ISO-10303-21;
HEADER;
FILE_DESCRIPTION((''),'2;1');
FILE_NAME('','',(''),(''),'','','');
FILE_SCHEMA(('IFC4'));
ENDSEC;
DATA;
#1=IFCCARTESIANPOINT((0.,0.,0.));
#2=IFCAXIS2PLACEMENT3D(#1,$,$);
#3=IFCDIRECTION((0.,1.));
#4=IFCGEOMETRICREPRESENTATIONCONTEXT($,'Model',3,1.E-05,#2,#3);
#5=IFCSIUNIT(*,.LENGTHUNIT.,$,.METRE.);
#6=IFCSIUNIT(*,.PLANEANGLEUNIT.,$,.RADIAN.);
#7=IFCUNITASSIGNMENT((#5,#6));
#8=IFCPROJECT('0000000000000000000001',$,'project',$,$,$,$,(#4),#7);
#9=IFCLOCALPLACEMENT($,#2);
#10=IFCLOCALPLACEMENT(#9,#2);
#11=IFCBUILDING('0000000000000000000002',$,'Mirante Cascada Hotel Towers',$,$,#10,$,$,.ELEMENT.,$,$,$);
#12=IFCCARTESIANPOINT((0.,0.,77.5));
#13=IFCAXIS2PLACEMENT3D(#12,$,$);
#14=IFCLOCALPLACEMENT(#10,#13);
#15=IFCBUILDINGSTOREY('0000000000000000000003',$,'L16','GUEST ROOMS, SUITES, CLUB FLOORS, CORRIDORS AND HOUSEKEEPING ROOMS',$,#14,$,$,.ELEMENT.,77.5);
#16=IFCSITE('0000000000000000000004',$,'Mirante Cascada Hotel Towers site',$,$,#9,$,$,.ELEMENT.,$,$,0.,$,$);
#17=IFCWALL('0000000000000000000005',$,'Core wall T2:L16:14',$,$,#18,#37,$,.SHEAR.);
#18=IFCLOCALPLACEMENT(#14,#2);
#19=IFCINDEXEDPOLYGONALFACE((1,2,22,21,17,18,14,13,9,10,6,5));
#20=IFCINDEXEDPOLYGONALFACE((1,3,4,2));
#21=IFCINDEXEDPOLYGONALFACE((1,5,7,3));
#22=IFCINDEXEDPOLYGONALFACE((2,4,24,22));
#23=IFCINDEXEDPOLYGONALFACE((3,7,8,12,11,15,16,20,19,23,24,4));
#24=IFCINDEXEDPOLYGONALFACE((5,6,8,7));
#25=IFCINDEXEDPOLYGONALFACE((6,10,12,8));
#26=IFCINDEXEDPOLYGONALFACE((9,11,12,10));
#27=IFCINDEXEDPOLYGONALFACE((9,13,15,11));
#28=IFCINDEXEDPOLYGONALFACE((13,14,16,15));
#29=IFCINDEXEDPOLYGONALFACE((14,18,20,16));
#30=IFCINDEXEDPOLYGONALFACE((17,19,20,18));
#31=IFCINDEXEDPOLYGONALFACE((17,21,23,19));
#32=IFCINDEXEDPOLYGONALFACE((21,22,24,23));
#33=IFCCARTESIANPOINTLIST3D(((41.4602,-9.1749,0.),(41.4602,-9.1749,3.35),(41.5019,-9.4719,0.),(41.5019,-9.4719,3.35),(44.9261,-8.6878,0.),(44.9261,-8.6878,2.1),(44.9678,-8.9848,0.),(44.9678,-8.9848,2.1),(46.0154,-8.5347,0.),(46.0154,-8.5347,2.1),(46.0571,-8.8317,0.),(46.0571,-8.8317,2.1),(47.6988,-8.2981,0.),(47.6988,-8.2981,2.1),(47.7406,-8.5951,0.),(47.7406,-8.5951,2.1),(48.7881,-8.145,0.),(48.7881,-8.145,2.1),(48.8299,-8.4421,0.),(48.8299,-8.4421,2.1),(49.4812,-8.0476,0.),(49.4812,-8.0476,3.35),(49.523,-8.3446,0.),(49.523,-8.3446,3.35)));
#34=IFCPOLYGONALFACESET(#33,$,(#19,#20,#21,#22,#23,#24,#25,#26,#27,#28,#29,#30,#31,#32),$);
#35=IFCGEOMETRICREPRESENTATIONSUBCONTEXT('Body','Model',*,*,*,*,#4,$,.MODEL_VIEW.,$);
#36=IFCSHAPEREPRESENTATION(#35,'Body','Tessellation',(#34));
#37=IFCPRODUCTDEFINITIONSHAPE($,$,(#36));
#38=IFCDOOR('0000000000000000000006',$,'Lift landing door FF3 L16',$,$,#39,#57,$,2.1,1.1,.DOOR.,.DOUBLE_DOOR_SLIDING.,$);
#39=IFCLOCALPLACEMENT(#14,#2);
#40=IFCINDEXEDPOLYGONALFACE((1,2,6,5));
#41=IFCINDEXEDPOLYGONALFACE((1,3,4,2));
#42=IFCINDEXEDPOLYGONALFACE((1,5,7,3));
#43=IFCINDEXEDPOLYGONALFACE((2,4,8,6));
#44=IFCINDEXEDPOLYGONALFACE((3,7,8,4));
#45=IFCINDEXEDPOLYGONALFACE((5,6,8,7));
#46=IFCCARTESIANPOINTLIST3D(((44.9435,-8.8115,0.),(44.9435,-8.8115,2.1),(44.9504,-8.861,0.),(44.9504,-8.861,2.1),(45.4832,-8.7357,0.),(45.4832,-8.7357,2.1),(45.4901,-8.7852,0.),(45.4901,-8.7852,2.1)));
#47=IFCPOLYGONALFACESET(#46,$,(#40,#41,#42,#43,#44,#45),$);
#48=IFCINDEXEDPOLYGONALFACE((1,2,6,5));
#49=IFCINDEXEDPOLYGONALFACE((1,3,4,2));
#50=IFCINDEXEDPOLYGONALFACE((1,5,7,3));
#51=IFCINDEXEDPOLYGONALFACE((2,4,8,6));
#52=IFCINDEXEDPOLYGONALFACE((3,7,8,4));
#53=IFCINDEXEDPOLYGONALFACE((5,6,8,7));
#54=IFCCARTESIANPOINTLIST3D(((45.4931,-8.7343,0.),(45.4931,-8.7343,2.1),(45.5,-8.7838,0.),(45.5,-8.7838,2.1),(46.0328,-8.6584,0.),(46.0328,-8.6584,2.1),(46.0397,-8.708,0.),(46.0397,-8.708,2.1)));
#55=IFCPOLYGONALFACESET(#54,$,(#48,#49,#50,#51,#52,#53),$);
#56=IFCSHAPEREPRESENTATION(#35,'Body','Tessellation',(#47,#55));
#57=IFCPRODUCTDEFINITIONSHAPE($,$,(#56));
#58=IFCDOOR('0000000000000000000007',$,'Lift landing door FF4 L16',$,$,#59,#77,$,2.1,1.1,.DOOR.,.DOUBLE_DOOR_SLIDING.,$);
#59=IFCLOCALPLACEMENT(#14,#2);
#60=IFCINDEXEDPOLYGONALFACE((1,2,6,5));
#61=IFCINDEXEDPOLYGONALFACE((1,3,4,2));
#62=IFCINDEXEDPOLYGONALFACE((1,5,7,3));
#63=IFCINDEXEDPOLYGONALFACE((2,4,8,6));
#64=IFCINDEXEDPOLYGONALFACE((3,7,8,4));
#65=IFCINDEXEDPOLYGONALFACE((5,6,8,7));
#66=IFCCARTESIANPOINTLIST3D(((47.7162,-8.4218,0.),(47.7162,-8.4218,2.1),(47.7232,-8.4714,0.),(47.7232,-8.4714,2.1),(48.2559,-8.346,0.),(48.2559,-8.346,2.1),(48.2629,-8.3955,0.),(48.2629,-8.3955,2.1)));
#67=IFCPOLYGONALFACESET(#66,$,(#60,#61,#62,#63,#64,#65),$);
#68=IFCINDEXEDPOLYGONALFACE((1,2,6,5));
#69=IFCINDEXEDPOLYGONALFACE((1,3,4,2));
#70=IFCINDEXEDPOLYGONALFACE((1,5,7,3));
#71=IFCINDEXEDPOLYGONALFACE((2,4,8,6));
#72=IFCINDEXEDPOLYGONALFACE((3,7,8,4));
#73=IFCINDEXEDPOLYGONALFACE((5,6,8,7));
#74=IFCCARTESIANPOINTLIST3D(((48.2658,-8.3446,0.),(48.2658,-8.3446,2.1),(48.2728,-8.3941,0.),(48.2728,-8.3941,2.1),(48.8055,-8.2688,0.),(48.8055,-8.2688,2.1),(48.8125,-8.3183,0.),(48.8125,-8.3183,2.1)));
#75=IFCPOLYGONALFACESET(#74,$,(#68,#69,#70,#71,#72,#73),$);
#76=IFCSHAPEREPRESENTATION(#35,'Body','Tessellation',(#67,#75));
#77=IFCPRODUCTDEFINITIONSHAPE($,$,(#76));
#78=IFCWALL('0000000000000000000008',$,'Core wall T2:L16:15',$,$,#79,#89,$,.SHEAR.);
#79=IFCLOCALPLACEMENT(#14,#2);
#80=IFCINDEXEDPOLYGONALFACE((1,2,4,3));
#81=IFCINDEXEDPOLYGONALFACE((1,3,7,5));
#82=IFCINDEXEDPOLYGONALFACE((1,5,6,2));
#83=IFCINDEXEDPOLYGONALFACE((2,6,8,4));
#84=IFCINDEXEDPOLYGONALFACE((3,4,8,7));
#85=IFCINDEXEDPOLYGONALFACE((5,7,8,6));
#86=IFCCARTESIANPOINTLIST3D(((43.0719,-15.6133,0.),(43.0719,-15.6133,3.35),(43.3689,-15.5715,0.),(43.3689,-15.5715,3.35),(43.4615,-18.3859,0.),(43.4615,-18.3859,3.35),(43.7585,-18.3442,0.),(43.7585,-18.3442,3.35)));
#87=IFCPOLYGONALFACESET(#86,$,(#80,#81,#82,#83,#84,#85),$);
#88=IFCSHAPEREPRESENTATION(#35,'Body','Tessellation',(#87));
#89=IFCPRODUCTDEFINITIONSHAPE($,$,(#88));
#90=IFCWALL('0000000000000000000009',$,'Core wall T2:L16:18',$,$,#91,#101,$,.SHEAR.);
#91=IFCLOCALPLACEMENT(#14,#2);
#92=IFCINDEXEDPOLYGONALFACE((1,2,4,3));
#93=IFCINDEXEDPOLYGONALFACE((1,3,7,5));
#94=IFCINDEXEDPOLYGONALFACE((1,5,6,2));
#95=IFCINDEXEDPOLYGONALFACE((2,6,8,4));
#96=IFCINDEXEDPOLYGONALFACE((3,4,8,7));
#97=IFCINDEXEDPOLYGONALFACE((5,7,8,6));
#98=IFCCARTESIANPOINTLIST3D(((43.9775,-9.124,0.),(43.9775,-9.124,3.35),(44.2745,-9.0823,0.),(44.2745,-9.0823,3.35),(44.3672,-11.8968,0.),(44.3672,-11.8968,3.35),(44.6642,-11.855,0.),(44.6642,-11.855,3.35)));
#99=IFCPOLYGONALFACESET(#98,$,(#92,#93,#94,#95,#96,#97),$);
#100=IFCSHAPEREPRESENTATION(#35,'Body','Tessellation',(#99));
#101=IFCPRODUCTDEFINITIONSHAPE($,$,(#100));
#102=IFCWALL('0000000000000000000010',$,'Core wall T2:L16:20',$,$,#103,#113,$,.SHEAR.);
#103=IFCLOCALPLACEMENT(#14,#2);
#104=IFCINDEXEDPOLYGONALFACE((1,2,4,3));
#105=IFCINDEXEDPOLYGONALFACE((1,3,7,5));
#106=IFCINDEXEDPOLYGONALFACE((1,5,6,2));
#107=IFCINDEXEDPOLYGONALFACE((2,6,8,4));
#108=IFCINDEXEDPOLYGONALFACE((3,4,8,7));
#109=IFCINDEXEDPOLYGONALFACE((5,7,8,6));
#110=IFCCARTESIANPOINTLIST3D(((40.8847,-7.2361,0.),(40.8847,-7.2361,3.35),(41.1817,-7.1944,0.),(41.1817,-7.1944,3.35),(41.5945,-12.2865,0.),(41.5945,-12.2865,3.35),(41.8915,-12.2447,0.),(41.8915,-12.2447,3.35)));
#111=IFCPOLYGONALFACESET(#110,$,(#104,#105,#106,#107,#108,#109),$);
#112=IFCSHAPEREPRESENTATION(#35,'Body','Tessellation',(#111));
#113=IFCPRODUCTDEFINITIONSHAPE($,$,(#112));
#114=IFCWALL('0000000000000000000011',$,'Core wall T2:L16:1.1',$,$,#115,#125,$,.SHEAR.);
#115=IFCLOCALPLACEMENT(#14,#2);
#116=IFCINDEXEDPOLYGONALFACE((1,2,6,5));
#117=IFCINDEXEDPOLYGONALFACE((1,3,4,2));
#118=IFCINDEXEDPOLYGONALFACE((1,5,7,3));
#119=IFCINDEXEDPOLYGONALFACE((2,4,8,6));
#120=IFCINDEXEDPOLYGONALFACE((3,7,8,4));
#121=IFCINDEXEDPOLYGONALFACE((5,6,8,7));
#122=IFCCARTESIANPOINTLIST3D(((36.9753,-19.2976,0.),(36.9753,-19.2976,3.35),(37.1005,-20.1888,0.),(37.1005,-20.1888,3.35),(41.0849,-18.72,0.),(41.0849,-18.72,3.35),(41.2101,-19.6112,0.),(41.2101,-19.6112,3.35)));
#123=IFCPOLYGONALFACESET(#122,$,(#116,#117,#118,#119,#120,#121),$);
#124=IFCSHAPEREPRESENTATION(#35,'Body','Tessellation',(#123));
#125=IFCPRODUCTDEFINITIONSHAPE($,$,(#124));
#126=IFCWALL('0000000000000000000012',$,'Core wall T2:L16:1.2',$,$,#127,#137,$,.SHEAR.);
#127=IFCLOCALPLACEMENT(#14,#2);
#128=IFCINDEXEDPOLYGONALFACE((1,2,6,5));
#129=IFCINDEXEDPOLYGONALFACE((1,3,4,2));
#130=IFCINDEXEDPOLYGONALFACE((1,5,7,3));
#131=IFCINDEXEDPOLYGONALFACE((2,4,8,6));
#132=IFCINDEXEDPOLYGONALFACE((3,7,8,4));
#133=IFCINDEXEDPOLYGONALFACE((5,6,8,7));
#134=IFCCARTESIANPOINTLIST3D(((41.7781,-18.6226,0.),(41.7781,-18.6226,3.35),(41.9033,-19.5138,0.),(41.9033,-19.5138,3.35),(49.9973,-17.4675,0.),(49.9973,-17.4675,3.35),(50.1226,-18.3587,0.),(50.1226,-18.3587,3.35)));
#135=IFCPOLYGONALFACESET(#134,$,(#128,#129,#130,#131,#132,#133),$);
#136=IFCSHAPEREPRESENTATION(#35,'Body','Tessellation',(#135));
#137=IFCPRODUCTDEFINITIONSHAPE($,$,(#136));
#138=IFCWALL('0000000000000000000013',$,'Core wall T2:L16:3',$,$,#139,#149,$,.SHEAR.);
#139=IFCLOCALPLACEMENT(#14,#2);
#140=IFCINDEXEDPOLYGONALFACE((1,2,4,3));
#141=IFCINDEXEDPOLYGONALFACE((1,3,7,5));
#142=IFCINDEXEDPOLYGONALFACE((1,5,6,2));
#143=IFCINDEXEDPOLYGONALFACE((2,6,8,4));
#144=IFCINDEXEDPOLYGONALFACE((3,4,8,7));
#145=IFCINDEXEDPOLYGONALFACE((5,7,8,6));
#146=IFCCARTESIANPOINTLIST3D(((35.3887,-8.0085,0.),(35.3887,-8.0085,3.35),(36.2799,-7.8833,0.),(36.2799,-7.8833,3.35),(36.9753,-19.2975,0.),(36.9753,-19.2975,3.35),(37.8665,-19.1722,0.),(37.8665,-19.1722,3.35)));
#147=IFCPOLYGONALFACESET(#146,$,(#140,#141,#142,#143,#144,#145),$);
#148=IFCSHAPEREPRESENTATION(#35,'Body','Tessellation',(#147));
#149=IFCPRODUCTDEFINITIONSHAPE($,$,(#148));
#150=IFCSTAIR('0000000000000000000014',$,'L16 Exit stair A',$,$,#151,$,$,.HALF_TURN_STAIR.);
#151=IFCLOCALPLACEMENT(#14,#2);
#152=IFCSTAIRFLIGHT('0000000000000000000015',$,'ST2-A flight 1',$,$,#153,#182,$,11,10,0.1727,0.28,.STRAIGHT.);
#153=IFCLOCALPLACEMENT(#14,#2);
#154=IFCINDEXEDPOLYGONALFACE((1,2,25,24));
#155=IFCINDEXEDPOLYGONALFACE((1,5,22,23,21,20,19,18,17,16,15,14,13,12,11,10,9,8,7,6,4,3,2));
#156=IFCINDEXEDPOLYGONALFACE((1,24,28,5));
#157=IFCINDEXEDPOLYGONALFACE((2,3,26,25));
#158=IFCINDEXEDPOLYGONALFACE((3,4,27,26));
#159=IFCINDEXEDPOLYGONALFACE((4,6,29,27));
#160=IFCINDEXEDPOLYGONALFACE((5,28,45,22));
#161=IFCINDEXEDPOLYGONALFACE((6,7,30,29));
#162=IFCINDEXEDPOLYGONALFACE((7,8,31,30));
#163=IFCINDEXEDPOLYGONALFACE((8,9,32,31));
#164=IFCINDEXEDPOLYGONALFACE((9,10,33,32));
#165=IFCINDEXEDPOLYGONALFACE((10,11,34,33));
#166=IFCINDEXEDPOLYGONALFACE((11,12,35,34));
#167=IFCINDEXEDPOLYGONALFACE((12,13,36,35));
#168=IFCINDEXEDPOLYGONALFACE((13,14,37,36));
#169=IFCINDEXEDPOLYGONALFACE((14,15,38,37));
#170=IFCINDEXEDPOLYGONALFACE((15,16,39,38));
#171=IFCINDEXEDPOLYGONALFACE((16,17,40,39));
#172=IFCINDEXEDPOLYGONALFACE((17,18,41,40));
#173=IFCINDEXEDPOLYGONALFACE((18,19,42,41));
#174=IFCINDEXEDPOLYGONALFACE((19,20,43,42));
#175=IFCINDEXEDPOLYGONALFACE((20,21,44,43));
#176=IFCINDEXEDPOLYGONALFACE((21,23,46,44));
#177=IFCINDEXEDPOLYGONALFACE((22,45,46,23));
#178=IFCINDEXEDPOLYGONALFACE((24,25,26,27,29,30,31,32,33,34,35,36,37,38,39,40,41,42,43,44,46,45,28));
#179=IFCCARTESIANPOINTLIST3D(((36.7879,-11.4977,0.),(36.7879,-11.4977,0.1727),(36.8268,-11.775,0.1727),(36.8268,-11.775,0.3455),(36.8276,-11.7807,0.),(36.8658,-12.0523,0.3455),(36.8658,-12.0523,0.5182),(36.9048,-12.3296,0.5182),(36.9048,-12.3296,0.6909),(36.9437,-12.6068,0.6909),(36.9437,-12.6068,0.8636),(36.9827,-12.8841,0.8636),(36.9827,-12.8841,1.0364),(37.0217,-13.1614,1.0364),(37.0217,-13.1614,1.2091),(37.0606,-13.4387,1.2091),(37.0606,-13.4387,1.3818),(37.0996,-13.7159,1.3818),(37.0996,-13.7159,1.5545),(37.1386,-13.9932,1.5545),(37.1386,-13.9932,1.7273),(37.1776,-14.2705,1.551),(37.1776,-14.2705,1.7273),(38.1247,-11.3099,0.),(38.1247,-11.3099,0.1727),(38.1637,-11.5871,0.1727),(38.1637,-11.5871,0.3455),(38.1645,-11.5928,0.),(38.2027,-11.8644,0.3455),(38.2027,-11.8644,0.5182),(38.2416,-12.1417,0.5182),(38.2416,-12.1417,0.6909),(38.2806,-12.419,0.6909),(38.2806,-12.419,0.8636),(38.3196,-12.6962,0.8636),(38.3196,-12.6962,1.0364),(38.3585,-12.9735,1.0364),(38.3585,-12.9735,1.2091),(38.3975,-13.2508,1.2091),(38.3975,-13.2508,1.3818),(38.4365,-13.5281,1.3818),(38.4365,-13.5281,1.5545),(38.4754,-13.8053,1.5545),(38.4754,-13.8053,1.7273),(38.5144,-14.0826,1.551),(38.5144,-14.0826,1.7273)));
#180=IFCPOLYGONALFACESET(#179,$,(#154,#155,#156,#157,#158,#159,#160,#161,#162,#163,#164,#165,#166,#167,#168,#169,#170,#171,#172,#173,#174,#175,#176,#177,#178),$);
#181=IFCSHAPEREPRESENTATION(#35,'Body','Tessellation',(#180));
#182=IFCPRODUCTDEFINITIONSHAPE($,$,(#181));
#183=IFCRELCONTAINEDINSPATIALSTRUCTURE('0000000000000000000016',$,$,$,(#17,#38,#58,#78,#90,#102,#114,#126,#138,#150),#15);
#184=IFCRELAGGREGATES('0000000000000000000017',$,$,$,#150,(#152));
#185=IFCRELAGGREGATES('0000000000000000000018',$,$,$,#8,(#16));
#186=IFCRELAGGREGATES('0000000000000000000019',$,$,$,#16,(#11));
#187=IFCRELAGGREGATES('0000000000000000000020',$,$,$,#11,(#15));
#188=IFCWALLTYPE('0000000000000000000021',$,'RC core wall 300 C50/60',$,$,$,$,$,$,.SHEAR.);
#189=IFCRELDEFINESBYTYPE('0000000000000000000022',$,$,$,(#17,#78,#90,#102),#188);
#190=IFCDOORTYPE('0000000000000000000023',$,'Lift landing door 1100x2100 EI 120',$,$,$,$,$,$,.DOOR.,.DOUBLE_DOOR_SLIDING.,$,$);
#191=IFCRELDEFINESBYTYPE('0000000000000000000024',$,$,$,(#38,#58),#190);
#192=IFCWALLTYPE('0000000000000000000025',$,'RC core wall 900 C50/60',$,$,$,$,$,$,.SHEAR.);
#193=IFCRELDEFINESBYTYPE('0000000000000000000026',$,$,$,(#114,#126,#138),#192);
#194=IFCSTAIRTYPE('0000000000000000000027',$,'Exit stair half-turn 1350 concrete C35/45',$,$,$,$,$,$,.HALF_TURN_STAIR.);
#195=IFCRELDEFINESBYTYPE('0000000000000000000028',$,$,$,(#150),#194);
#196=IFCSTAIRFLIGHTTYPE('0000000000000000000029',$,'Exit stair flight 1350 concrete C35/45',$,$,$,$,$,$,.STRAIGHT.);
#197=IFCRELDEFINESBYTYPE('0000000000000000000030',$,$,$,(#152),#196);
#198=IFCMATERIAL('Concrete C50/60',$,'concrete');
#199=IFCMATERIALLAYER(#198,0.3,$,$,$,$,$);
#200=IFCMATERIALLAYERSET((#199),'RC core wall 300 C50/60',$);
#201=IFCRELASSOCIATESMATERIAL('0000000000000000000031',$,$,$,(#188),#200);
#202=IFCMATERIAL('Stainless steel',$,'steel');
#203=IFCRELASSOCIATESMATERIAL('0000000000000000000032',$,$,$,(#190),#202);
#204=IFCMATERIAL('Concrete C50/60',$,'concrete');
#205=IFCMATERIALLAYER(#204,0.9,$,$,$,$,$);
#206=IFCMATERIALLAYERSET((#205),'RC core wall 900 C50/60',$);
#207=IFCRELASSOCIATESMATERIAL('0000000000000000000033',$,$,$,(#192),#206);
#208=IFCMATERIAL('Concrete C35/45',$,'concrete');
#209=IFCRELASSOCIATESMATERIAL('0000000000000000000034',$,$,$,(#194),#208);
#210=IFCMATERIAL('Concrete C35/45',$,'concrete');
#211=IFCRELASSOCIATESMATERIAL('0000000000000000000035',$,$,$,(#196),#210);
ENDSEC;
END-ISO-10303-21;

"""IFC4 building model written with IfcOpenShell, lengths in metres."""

from ifc_helpers import new_model, si_unit, direction, frame, frame_2d, origin, place, context, subcontext, project, spatial, polyline, rectangle, outline, extrude, material, layer, layer_set, type_object, element, fill, aggregate, save


model = new_model("IFC4")

# Units and contexts
model_context = context("Model", 3, precision=1e-05, world=origin(), true_north=direction((0.0, 1.0)))
body_context = subcontext(model_context, "Body", "Model", "MODEL_VIEW")
ifc_project = project(units=[si_unit("LENGTHUNIT", "METRE"), si_unit("PLANEANGLEUNIT", "RADIAN")], contexts=[model_context])

# Site, building, storey
site_placement = place(None, origin())
site = spatial("IfcSite", under=ifc_project, at=site_placement, Name="Mirante Cascada Hotel Towers site", CompositionType="ELEMENT", RefElevation=0.0)
building_placement = place(site_placement, origin())
building = spatial("IfcBuilding", under=site, at=building_placement, Name="Mirante Cascada Hotel Towers", CompositionType="ELEMENT")
storey_placement = place(building_placement, frame((0.0, 0.0, 77.5)))
storey = spatial("IfcBuildingStorey", under=building, at=storey_placement, Name="L16", Description="GUEST ROOMS, SUITES, CLUB FLOORS, CORRIDORS AND HOUSEKEEPING ROOMS", CompositionType="ELEMENT", Elevation=77.5)

# Shared definitions
ifc_material_1 = material(Name="Concrete C50/60", Category="concrete")
ifc_layer_1 = layer(ifc_material_1, 0.3)
ifc_layer_set_1 = layer_set([ifc_layer_1], Name="RC core wall 300 C50/60")
wall_type_1 = type_object("IfcWallType", Name="RC core wall 300 C50/60", PredefinedType="SHEAR", material=ifc_layer_set_1)

# Shared definitions
ifc_material_2 = material(Name="Stainless steel", Category="steel")
door_type_1 = type_object("IfcDoorType", Name="Lift landing door 1100x2100 EI 120", OperationType="DOUBLE_DOOR_SLIDING", PredefinedType="DOOR", material=ifc_material_2)

# Wall, openings, doors
wall_1_placement = place(storey_placement, frame((41.481, -9.3234, 0.0), z_axis=(0.0, 0.0, 1.0), x_axis=(0.990268, 0.139174, 0.0)))
wall_1 = element("IfcWall", 1, at=wall_1_placement, inside=storey, type_object=wall_type_1, Name="Core wall T2:L16:14", PredefinedType="SHEAR", context=body_context, shape_type="SweptSolid", body=[
    extrude(rectangle(XDim=8.0999, YDim=0.3, at=frame_2d((4.05, 0.0))), origin(), (0.0, 0.0, 1.0), 3.35),
])
opening_1_placement = place(wall_1_placement, frame((3.5, 0.0, 0.0)))
opening_1 = element("IfcOpeningElement", 2, at=opening_1_placement, cuts=wall_1, PredefinedType="OPENING", context=body_context, shape_type="SweptSolid", body=[
    extrude(rectangle(XDim=1.1, YDim=2.1, at=frame_2d((0.55, 1.05))), frame((0.0, 0.15, 0.0), z_axis=(0.0, -1.0, 0.0), x_axis=(1.0, 0.0, 0.0)), (0.0, 0.0, 1.0), 0.3),
])
opening_2_placement = place(wall_1_placement, frame((6.3, 0.0, 0.0)))
opening_2 = element("IfcOpeningElement", 3, at=opening_2_placement, cuts=wall_1, PredefinedType="OPENING", context=body_context, shape_type="SweptSolid", body=[
    extrude(rectangle(XDim=1.1, YDim=2.1, at=frame_2d((0.55, 1.05))), frame((0.0, 0.15, 0.0), z_axis=(0.0, -1.0, 0.0), x_axis=(1.0, 0.0, 0.0)), (0.0, 0.0, 1.0), 0.3),
])
door_1_placement = place(opening_1_placement, origin())
door_1 = element("IfcDoor", 4, at=door_1_placement, inside=storey, type_object=door_type_1, Name="Lift landing door FF3 L16", OperationType="DOUBLE_DOOR_SLIDING", OverallHeight=2.1, OverallWidth=1.1, PredefinedType="DOOR", context=body_context, shape_type="SweptSolid", body=[
    extrude(rectangle(XDim=0.545, YDim=2.1, at=frame_2d((0.2725, 1.05))), frame((0.0, 0.025, 0.0), z_axis=(0.0, -1.0, 0.0), x_axis=(1.0, 0.0, 0.0)), (0.0, 0.0, 1.0), 0.05),
    extrude(rectangle(XDim=0.545, YDim=2.1, at=frame_2d((0.8275, 1.05))), frame((0.0, 0.025, 0.0), z_axis=(0.0, -1.0, 0.0), x_axis=(1.0, 0.0, 0.0)), (0.0, 0.0, 1.0), 0.05),
])
fill(opening_1, door_1)
door_2_placement = place(opening_2_placement, origin())
door_2 = element("IfcDoor", 5, at=door_2_placement, inside=storey, type_object=door_type_1, Name="Lift landing door FF4 L16", OperationType="DOUBLE_DOOR_SLIDING", OverallHeight=2.1, OverallWidth=1.1, PredefinedType="DOOR", context=body_context, shape_type="SweptSolid", body=[
    extrude(rectangle(XDim=0.545, YDim=2.1, at=frame_2d((0.2725, 1.05))), frame((0.0, 0.025, 0.0), z_axis=(0.0, -1.0, 0.0), x_axis=(1.0, 0.0, 0.0)), (0.0, 0.0, 1.0), 0.05),
    extrude(rectangle(XDim=0.545, YDim=2.1, at=frame_2d((0.8275, 1.05))), frame((0.0, 0.025, 0.0), z_axis=(0.0, -1.0, 0.0), x_axis=(1.0, 0.0, 0.0)), (0.0, 0.0, 1.0), 0.05),
])
fill(opening_2, door_2)

# Walls
wall_2_placement = place(storey_placement, frame((43.61, -18.3651, 0.0), z_axis=(0.0, 0.0, 1.0), x_axis=(-0.139146, 0.990272, 0.0)))
element("IfcWall", 6, at=wall_2_placement, inside=storey, type_object=wall_type_1, Name="Core wall T2:L16:15", PredefinedType="SHEAR", context=body_context, shape_type="SweptSolid", body=[
    extrude(rectangle(XDim=2.7999, YDim=0.3, at=frame_2d((1.4, 0.0))), origin(), (0.0, 0.0, 1.0), 3.35),
])
wall_3_placement = place(storey_placement, frame((44.5157, -11.8759, 0.0), z_axis=(0.0, 0.0, 1.0), x_axis=(-0.139181, 0.990267, 0.0)))
element("IfcWall", 7, at=wall_3_placement, inside=storey, type_object=wall_type_1, Name="Core wall T2:L16:18", PredefinedType="SHEAR", context=body_context, shape_type="SweptSolid", body=[
    extrude(rectangle(XDim=2.8, YDim=0.3, at=frame_2d((1.4, 0.0))), origin(), (0.0, 0.0, 1.0), 3.35),
])
wall_4_placement = place(storey_placement, frame((41.743, -12.2656, 0.0), z_axis=(0.0, 0.0, 1.0), x_axis=(-0.139176, 0.990268, 0.0)))
element("IfcWall", 8, at=wall_4_placement, inside=storey, type_object=wall_type_1, Name="Core wall T2:L16:20", PredefinedType="SHEAR", context=body_context, shape_type="SweptSolid", body=[
    extrude(rectangle(XDim=5.1, YDim=0.3, at=frame_2d((2.55, 0.0))), origin(), (0.0, 0.0, 1.0), 3.35),
])
ifc_material_3 = material(Name="Concrete C50/60", Category="concrete")
ifc_layer_2 = layer(ifc_material_3, 0.9)
ifc_layer_set_2 = layer_set([ifc_layer_2], Name="RC core wall 900 C50/60")
wall_type_2 = type_object("IfcWallType", Name="RC core wall 900 C50/60", PredefinedType="SHEAR", material=ifc_layer_set_2)
wall_5_placement = place(storey_placement, frame((37.0379, -19.7432, 0.0), z_axis=(0.0, 0.0, 1.0), x_axis=(0.990267, 0.139181, 0.0)))
element("IfcWall", 9, at=wall_5_placement, inside=storey, type_object=wall_type_2, Name="Core wall T2:L16:1.1", PredefinedType="SHEAR", context=body_context, shape_type="SweptSolid", body=[
    extrude(rectangle(XDim=4.15, YDim=0.9, at=frame_2d((2.075, 0.0))), origin(), (0.0, 0.0, 1.0), 3.35),
])
wall_6_placement = place(storey_placement, frame((41.8407, -19.0682, 0.0), z_axis=(0.0, 0.0, 1.0), x_axis=(0.990269, 0.139169, 0.0)))
element("IfcWall", 10, at=wall_6_placement, inside=storey, type_object=wall_type_2, Name="Core wall T2:L16:1.2", PredefinedType="SHEAR", context=body_context, shape_type="SweptSolid", body=[
    extrude(rectangle(XDim=8.3, YDim=0.9, at=frame_2d((4.15, 0.0))), origin(), (0.0, 0.0, 1.0), 3.35),
])
wall_7_placement = place(storey_placement, frame((37.4209, -19.2349, 0.0), z_axis=(0.0, 0.0, 1.0), x_axis=(-0.139176, 0.990268, 0.0)))
element("IfcWall", 11, at=wall_7_placement, inside=storey, type_object=wall_type_2, Name="Core wall T2:L16:3", PredefinedType="SHEAR", context=body_context, shape_type="SweptSolid", body=[
    extrude(rectangle(XDim=11.3999, YDim=0.9, at=frame_2d((5.7, 0.0))), origin(), (0.0, 0.0, 1.0), 3.35),
])

# Stair, stair flight
ifc_material_4 = material(Name="Concrete C35/45", Category="concrete")
stair_type = type_object("IfcStairType", Name="Exit stair half-turn 1350 concrete C35/45", PredefinedType="HALF_TURN_STAIR", material=ifc_material_4)
stair_placement = place(storey_placement, origin())
stair = element("IfcStair", 12, at=stair_placement, inside=storey, type_object=stair_type, Name="L16 Exit stair A", PredefinedType="HALF_TURN_STAIR")
ifc_material_5 = material(Name="Concrete C35/45", Category="concrete")
stair_flight_type = type_object("IfcStairFlightType", Name="Exit stair flight 1350 concrete C35/45", PredefinedType="STRAIGHT", material=ifc_material_5)
stair_flight_1_placement = place(storey_placement, frame((37.4563, -11.4038, 0.0), z_axis=(0.0, 0.0, 1.0), x_axis=(0.139173, -0.990268, 0.0)))
stair_flight_1 = element("IfcStairFlight", 13, at=stair_flight_1_placement, type_object=stair_flight_type, Name="ST2-A flight 1", NumberOfRisers=11, NumberOfTreads=10, PredefinedType="STRAIGHT", RiserHeight=0.1727, TreadLength=0.28, context=body_context, shape_type="SweptSolid", body=[
    extrude(outline(polyline([(0.0, 0.0), (0.0, 0.1727), (0.28, 0.1727), (0.28, 0.3455), (0.56, 0.3455), (0.56, 0.5182), (0.84, 0.5182), (0.84, 0.6909), (1.12, 0.6909), (1.12, 0.8636), (1.4, 0.8636), (1.4, 1.0364), (1.68, 1.0364), (1.68, 1.2091), (1.96, 1.2091), (1.96, 1.3818), (2.24, 1.3818), (2.24, 1.5545), (2.52, 1.5545), (2.52, 1.7273), (2.8, 1.7273), (2.8, 1.9), (2.8, 1.551), (0.2857, 0.0), (0.0, 0.0)])), frame((0.0, 0.675, 0.0), z_axis=(0.0, -1.0, 0.0), x_axis=(1.0, 0.0, 0.0)), (0.0, 0.0, 1.0), 1.35),
])
aggregate(stair, [stair_flight_1])

save(model, "model.ifc")
